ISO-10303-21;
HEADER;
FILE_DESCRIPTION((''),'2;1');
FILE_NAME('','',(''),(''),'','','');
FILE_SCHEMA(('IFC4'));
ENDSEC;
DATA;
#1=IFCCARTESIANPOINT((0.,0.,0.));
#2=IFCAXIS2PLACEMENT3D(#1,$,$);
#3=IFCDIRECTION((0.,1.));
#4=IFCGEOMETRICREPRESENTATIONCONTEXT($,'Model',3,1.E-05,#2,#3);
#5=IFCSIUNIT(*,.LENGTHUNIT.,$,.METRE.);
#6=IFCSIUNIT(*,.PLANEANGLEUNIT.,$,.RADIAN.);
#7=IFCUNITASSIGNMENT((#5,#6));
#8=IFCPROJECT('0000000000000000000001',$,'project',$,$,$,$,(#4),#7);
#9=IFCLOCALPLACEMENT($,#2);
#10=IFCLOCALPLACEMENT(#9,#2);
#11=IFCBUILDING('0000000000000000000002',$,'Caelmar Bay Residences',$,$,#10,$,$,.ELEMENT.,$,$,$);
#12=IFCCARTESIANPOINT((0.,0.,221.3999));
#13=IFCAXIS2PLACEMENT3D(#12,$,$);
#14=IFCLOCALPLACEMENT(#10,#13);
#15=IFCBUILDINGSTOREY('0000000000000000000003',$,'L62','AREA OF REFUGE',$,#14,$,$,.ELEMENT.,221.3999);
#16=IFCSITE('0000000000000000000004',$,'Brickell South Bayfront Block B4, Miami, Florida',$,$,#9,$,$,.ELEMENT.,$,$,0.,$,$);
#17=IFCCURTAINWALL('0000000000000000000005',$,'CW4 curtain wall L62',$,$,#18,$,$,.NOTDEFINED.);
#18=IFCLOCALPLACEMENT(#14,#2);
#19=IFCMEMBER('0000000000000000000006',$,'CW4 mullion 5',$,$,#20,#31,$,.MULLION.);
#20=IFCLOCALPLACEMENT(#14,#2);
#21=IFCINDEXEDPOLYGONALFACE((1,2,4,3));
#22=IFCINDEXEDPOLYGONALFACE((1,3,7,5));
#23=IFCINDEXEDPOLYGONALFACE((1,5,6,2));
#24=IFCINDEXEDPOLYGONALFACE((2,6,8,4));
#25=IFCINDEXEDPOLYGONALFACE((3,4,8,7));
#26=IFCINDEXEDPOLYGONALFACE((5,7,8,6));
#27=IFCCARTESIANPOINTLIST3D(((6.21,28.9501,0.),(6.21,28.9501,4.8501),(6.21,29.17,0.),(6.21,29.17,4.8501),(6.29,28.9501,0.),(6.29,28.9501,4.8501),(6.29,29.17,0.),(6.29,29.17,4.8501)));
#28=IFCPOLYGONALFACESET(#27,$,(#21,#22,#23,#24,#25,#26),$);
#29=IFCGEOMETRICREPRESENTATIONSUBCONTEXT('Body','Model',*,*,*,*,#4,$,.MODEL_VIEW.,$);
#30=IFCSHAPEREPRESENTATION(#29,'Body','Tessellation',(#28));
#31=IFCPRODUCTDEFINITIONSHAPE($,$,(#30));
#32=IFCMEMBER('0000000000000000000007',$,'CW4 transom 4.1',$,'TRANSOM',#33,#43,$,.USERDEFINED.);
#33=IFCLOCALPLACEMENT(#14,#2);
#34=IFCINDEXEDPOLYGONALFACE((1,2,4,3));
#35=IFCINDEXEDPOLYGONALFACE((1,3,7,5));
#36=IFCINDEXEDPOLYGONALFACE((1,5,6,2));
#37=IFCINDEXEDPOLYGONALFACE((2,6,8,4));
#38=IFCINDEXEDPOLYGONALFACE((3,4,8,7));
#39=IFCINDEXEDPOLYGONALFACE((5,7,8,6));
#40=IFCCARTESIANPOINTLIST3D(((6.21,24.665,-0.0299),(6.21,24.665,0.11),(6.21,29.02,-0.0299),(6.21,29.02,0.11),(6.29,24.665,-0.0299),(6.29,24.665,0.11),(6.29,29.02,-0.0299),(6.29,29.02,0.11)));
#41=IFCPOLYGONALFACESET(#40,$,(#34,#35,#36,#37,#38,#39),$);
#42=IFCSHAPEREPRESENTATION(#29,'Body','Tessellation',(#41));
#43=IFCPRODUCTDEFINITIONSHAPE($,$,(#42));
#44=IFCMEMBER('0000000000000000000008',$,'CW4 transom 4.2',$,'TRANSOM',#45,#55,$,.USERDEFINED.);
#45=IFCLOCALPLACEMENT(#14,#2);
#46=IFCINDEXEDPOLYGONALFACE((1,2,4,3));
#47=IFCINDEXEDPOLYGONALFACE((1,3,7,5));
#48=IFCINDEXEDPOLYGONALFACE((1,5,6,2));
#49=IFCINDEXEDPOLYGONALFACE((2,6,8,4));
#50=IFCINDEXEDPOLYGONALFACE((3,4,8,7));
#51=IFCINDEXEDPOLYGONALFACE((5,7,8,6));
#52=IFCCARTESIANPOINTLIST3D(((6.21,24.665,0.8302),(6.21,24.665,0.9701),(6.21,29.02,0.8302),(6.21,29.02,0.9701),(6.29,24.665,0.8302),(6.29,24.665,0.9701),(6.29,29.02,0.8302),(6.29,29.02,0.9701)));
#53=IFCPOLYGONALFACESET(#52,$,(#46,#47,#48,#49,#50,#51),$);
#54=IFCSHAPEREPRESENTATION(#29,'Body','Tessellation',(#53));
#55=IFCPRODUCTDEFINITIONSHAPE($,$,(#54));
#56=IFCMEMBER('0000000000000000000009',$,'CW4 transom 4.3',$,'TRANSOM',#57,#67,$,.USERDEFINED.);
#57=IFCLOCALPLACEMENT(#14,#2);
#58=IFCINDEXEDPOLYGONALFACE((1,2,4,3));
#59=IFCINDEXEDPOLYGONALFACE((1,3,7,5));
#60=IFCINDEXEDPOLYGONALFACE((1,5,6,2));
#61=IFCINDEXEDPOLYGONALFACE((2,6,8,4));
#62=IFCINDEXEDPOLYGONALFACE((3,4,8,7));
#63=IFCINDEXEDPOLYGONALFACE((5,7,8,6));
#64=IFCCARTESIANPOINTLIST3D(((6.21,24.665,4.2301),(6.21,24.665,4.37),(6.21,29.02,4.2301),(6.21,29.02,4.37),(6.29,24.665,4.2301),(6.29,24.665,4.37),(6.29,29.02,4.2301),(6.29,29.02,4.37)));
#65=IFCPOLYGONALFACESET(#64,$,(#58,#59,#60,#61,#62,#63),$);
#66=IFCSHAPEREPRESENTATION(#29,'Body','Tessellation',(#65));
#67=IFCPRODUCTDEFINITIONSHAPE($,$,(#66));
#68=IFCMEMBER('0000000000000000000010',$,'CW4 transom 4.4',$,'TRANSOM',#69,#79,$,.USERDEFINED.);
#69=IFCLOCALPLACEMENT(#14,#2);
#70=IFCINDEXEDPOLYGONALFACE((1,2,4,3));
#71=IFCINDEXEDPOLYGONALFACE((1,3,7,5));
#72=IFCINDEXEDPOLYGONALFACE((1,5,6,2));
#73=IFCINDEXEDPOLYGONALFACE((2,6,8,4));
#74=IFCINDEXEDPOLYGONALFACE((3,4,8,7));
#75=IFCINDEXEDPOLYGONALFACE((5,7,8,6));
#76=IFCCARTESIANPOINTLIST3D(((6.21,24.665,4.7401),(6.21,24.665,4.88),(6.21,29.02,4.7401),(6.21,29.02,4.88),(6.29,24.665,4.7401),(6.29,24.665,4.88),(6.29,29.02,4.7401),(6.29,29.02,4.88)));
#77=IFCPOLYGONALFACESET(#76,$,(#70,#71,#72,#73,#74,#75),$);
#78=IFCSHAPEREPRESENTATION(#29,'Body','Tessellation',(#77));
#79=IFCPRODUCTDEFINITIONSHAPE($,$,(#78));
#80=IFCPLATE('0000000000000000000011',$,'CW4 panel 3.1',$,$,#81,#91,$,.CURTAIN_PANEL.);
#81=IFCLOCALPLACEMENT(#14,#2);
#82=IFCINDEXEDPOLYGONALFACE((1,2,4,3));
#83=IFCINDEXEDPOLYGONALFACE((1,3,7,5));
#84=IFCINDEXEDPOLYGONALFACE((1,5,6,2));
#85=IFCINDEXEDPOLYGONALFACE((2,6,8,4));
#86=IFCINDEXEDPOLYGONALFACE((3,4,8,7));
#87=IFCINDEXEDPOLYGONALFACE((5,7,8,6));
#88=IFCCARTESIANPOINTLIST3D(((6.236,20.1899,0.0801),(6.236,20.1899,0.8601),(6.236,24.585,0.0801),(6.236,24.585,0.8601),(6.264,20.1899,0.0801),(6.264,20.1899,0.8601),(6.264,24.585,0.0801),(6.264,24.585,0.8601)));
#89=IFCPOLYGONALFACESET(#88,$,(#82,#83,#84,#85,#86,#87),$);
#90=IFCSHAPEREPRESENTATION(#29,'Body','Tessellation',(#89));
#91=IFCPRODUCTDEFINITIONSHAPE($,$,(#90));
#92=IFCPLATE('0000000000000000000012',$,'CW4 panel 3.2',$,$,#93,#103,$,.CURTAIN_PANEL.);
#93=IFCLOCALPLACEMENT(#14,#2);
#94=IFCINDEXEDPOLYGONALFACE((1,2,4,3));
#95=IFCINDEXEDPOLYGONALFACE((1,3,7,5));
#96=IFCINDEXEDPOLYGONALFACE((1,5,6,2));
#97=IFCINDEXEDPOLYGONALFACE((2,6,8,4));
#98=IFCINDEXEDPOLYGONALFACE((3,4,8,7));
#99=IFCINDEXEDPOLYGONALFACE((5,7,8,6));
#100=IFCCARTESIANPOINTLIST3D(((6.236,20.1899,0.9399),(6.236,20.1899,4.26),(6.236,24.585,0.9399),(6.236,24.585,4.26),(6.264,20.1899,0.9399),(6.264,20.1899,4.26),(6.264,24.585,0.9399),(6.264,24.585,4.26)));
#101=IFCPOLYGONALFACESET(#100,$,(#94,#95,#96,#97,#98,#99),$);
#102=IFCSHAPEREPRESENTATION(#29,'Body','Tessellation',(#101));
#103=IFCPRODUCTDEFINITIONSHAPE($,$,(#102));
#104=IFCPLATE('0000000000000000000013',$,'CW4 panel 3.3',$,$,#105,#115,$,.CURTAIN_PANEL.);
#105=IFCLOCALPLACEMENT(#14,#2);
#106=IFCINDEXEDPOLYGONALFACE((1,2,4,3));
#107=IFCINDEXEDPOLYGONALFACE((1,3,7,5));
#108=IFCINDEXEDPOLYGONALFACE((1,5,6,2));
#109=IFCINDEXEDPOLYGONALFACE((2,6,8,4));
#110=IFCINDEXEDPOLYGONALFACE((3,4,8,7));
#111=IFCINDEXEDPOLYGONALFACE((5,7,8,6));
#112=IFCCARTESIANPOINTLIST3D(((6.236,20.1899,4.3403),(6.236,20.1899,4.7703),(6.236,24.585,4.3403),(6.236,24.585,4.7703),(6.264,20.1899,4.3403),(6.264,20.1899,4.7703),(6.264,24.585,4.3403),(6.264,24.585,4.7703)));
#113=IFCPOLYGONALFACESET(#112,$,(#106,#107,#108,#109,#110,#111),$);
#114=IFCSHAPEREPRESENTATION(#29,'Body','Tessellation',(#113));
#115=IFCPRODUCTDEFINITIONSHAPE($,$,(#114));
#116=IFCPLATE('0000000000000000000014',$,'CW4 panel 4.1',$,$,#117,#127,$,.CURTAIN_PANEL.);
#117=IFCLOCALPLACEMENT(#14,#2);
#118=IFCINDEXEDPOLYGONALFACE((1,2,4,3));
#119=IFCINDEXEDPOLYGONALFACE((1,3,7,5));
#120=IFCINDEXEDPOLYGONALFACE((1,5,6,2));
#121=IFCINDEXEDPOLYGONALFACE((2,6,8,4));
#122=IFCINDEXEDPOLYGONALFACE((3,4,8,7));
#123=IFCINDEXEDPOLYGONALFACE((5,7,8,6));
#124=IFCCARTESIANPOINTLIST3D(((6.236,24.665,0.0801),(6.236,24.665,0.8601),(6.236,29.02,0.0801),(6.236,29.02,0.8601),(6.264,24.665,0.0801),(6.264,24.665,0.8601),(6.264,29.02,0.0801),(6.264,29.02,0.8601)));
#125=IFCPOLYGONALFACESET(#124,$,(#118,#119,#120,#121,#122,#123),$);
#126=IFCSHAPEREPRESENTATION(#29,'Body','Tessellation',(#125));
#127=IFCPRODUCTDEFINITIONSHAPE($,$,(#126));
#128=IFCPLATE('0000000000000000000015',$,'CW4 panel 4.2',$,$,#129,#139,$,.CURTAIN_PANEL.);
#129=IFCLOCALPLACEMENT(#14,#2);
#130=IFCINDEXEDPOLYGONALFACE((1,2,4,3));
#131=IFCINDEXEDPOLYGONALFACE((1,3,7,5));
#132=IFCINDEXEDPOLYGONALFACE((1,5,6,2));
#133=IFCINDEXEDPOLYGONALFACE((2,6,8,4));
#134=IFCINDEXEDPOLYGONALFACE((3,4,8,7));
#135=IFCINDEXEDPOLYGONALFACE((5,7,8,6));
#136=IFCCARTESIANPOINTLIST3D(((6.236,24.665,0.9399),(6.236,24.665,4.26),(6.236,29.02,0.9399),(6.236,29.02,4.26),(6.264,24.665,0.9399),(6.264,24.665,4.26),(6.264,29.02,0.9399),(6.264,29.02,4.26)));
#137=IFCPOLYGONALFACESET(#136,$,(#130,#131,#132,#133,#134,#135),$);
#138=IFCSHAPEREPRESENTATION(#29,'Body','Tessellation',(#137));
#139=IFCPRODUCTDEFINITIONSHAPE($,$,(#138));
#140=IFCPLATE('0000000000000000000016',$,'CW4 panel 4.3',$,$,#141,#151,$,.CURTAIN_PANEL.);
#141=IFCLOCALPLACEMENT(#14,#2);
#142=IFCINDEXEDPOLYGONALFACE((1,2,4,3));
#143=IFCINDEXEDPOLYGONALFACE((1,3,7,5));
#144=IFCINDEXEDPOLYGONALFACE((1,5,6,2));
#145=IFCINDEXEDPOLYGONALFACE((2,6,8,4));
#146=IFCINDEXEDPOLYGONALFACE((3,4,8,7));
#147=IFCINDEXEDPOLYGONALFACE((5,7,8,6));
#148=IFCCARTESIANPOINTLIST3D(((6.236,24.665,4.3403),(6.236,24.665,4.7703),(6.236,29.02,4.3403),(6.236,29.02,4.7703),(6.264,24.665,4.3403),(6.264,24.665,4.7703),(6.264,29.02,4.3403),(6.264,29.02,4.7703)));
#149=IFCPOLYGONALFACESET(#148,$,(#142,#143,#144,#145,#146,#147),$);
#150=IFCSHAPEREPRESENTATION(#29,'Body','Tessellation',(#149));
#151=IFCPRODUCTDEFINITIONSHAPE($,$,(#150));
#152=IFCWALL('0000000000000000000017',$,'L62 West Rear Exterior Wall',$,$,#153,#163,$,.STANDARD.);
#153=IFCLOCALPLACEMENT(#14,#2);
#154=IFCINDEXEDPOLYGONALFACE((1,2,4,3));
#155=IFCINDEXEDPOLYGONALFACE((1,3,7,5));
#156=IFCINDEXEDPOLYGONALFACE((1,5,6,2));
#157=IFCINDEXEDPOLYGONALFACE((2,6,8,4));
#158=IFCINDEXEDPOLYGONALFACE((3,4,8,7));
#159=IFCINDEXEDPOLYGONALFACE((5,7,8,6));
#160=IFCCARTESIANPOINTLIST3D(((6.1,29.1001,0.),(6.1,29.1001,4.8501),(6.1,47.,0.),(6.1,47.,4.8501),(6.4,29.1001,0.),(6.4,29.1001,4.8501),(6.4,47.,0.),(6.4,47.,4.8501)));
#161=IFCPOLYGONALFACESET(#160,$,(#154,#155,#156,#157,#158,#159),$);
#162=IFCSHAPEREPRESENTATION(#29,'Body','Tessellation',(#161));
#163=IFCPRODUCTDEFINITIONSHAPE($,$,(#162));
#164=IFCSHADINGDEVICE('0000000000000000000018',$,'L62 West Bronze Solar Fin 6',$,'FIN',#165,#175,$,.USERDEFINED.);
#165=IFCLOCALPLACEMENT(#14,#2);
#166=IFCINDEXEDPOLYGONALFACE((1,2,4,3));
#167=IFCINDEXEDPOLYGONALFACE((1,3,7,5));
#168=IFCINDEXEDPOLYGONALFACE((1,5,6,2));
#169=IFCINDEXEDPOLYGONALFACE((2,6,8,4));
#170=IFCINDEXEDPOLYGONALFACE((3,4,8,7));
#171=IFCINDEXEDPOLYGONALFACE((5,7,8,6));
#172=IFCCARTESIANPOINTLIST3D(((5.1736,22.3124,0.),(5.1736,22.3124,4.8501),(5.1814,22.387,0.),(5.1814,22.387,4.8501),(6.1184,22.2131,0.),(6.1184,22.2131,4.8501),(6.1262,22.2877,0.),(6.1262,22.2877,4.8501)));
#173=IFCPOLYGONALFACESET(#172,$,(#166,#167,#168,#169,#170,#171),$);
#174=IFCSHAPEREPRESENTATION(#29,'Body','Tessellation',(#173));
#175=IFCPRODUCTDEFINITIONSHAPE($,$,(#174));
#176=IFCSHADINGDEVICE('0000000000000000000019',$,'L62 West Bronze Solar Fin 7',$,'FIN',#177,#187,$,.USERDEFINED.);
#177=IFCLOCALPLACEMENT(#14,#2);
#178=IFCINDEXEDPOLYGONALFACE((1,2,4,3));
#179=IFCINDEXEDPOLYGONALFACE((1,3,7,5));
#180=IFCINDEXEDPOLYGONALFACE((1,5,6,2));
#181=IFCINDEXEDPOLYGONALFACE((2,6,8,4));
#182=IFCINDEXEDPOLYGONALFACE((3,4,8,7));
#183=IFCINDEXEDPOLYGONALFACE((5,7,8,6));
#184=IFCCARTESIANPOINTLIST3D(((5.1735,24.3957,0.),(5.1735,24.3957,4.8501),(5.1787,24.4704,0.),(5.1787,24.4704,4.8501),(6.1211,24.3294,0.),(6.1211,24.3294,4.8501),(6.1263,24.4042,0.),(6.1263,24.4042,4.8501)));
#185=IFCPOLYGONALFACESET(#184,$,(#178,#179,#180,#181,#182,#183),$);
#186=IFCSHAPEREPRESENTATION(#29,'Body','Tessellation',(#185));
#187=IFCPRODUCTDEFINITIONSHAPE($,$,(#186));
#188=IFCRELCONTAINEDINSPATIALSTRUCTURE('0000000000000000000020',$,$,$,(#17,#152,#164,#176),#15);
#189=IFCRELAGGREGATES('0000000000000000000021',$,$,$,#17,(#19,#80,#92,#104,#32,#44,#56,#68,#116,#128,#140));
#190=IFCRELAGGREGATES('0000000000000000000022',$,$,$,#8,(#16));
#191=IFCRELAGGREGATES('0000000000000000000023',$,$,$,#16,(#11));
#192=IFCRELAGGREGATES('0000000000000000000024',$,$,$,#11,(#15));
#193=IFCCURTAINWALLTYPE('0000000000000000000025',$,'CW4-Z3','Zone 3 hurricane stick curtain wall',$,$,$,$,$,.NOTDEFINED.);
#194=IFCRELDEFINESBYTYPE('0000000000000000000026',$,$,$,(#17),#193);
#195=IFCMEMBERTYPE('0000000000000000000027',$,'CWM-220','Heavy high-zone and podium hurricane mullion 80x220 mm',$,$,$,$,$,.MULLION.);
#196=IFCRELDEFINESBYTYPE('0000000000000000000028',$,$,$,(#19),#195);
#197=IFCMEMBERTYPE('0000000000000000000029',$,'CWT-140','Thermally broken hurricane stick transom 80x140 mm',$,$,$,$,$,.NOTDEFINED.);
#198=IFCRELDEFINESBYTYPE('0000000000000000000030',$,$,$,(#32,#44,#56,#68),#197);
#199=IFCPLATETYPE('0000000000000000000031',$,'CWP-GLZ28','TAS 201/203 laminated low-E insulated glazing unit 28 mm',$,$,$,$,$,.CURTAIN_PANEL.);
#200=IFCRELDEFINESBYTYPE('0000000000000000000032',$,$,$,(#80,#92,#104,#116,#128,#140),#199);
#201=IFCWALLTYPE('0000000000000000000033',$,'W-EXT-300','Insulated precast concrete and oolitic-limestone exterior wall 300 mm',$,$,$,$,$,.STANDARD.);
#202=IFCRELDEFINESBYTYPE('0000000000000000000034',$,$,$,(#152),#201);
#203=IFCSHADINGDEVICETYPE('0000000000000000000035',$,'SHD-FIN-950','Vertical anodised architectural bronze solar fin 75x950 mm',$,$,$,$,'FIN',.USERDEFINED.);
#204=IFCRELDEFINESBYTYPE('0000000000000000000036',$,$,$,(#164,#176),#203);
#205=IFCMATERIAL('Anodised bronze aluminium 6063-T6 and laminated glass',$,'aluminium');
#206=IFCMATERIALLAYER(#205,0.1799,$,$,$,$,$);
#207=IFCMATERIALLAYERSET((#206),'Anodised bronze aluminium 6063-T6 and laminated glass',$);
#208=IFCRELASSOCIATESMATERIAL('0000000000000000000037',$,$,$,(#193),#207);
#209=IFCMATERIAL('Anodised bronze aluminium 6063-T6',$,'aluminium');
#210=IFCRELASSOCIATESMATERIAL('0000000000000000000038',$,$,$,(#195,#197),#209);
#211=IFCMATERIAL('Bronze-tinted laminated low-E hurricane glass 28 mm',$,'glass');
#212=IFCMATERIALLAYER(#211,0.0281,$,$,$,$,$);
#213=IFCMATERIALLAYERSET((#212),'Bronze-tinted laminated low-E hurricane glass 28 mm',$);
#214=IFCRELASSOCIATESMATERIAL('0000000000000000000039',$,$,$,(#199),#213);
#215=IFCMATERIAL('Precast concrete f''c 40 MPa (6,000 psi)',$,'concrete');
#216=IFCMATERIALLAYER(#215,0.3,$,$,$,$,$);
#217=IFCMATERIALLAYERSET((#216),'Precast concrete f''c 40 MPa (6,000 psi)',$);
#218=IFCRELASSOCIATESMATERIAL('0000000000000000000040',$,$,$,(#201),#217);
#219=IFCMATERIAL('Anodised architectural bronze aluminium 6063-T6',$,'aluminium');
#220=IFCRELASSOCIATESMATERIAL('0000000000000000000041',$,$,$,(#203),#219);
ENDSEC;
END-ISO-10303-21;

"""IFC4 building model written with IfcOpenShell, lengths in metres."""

from ifc_helpers import new_model, si_unit, direction, frame, frame_2d, origin, origin_2d, place, context, subcontext, project, spatial, rectangle, extrude, material, layer, layer_set, material_profile, profile_set, type_object, element, aggregate, save


model = new_model("IFC4")

# Units and contexts
model_context = context("Model", 3, precision=1e-05, world=origin(), true_north=direction((0.0, 1.0)))
body_context = subcontext(model_context, "Body", "Model", "MODEL_VIEW")
ifc_project = project(units=[si_unit("LENGTHUNIT", "METRE"), si_unit("PLANEANGLEUNIT", "RADIAN")], contexts=[model_context])

# Site, building, storey
site_placement = place(None, origin())
site = spatial("IfcSite", under=ifc_project, at=site_placement, Name="Brickell South Bayfront Block B4, Miami, Florida", CompositionType="ELEMENT", RefElevation=0.0)
building_placement = place(site_placement, origin())
building = spatial("IfcBuilding", under=site, at=building_placement, Name="Caelmar Bay Residences", CompositionType="ELEMENT")
storey_placement = place(building_placement, frame((0.0, 0.0, 221.3999)))
storey = spatial("IfcBuildingStorey", under=building, at=storey_placement, Name="L62", Description="AREA OF REFUGE", CompositionType="ELEMENT", Elevation=221.3999)

# Curtain wall, members, plates
ifc_material_1 = material(Name="Anodised bronze aluminium 6063-T6 and laminated glass", Category="aluminium")
ifc_layer_1 = layer(ifc_material_1, 0.1799)
ifc_layer_set_1 = layer_set([ifc_layer_1], Name="Anodised bronze aluminium 6063-T6 and laminated glass")
curtain_wall_type = type_object("IfcCurtainWallType", Name="CW4-Z3", Description="Zone 3 hurricane stick curtain wall", PredefinedType="NOTDEFINED", material=ifc_layer_set_1)
curtain_wall_placement = place(storey_placement, origin())
curtain_wall = element("IfcCurtainWall", 1, at=curtain_wall_placement, inside=storey, type_object=curtain_wall_type, Name="CW4 curtain wall L62", PredefinedType="NOTDEFINED")
ifc_material_2 = material(Name="Anodised bronze aluminium 6063-T6", Category="aluminium")
ifc_material_profile_1 = material_profile(ifc_material_2, rectangle(XDim=0.0801, YDim=0.22, at=origin_2d()), Name="CWM-80X220")
ifc_profile_set_1 = profile_set([ifc_material_profile_1], Name="Anodised bronze aluminium 6063-T6")
member_type_1 = type_object("IfcMemberType", Name="CWM-220", Description="Heavy high-zone and podium hurricane mullion 80x220 mm", PredefinedType="MULLION", material=ifc_profile_set_1)
member_1_placement = place(storey_placement, frame((6.25, 29.0601, 0.0), z_axis=(0.0, 0.0, 1.0), x_axis=(-1.0, 0.0, 0.0)))
member_1 = element("IfcMember", 2, at=member_1_placement, type_object=member_type_1, Name="CW4 mullion 5", PredefinedType="MULLION", context=body_context, shape_type="SweptSolid", body=[
    extrude(rectangle(XDim=0.0801, YDim=0.22, at=origin_2d()), origin(), (0.0, 0.0, 1.0), 4.8501),
])
ifc_material_profile_2 = material_profile(ifc_material_2, rectangle(XDim=0.0801, YDim=0.1399, at=origin_2d()), Name="CWT-80X140")
ifc_profile_set_2 = profile_set([ifc_material_profile_2], Name="Anodised bronze aluminium 6063-T6")
member_type_2 = type_object("IfcMemberType", Name="CWT-140", Description="Thermally broken hurricane stick transom 80x140 mm", PredefinedType="NOTDEFINED", material=ifc_profile_set_2)
member_2_placement = place(storey_placement, frame((6.25, 24.665, 0.04), z_axis=(0.0, 1.0, 0.0), x_axis=(-1.0, 0.0, 0.0)))
member_2 = element("IfcMember", 3, at=member_2_placement, type_object=member_type_2, Name="CW4 transom 4.1", ObjectType="TRANSOM", PredefinedType="USERDEFINED", context=body_context, shape_type="SweptSolid", body=[
    extrude(rectangle(XDim=0.0801, YDim=0.1399, at=origin_2d()), origin(), (0.0, 0.0, 1.0), 4.355),
])
member_3_placement = place(storey_placement, frame((6.25, 24.665, 0.9001), z_axis=(0.0, 1.0, 0.0), x_axis=(-1.0, 0.0, 0.0)))
member_3 = element("IfcMember", 4, at=member_3_placement, type_object=member_type_2, Name="CW4 transom 4.2", ObjectType="TRANSOM", PredefinedType="USERDEFINED", context=body_context, shape_type="SweptSolid", body=[
    extrude(rectangle(XDim=0.0801, YDim=0.1399, at=origin_2d()), origin(), (0.0, 0.0, 1.0), 4.355),
])
member_4_placement = place(storey_placement, frame((6.25, 24.665, 4.3), z_axis=(0.0, 1.0, 0.0), x_axis=(-1.0, 0.0, 0.0)))
member_4 = element("IfcMember", 5, at=member_4_placement, type_object=member_type_2, Name="CW4 transom 4.3", ObjectType="TRANSOM", PredefinedType="USERDEFINED", context=body_context, shape_type="SweptSolid", body=[
    extrude(rectangle(XDim=0.0801, YDim=0.1399, at=origin_2d()), origin(), (0.0, 0.0, 1.0), 4.355),
])
member_5_placement = place(storey_placement, frame((6.25, 24.665, 4.8101), z_axis=(0.0, 1.0, 0.0), x_axis=(-1.0, 0.0, 0.0)))
member_5 = element("IfcMember", 6, at=member_5_placement, type_object=member_type_2, Name="CW4 transom 4.4", ObjectType="TRANSOM", PredefinedType="USERDEFINED", context=body_context, shape_type="SweptSolid", body=[
    extrude(rectangle(XDim=0.0801, YDim=0.1399, at=origin_2d()), origin(), (0.0, 0.0, 1.0), 4.355),
])
ifc_material_3 = material(Name="Bronze-tinted laminated low-E hurricane glass 28 mm", Category="glass")
ifc_layer_2 = layer(ifc_material_3, 0.0281)
ifc_layer_set_2 = layer_set([ifc_layer_2], Name="Bronze-tinted laminated low-E hurricane glass 28 mm")
plate_type = type_object("IfcPlateType", Name="CWP-GLZ28", Description="TAS 201/203 laminated low-E insulated glazing unit 28 mm", PredefinedType="CURTAIN_PANEL", material=ifc_layer_set_2)
plate_1_placement = place(storey_placement, frame((6.25, 22.3875, 0.0801), z_axis=(0.0, 0.0, 1.0), x_axis=(0.0, 1.0, 0.0)))
plate_1 = element("IfcPlate", 7, at=plate_1_placement, type_object=plate_type, Name="CW4 panel 3.1", PredefinedType="CURTAIN_PANEL", context=body_context, shape_type="SweptSolid", body=[
    extrude(rectangle(XDim=4.395, YDim=0.0281, at=origin_2d()), origin(), (0.0, 0.0, 1.0), 0.78),
])
plate_2_placement = place(storey_placement, frame((6.25, 22.3875, 0.9399), z_axis=(0.0, 0.0, 1.0), x_axis=(0.0, 1.0, 0.0)))
plate_2 = element("IfcPlate", 8, at=plate_2_placement, type_object=plate_type, Name="CW4 panel 3.2", PredefinedType="CURTAIN_PANEL", context=body_context, shape_type="SweptSolid", body=[
    extrude(rectangle(XDim=4.395, YDim=0.0281, at=origin_2d()), origin(), (0.0, 0.0, 1.0), 3.3201),
])
plate_3_placement = place(storey_placement, frame((6.25, 22.3875, 4.3403), z_axis=(0.0, 0.0, 1.0), x_axis=(0.0, 1.0, 0.0)))
plate_3 = element("IfcPlate", 9, at=plate_3_placement, type_object=plate_type, Name="CW4 panel 3.3", PredefinedType="CURTAIN_PANEL", context=body_context, shape_type="SweptSolid", body=[
    extrude(rectangle(XDim=4.395, YDim=0.0281, at=origin_2d()), origin(), (0.0, 0.0, 1.0), 0.4299),
])
plate_4_placement = place(storey_placement, frame((6.25, 26.8425, 0.0801), z_axis=(0.0, 0.0, 1.0), x_axis=(0.0, 1.0, 0.0)))
plate_4 = element("IfcPlate", 10, at=plate_4_placement, type_object=plate_type, Name="CW4 panel 4.1", PredefinedType="CURTAIN_PANEL", context=body_context, shape_type="SweptSolid", body=[
    extrude(rectangle(XDim=4.355, YDim=0.0281, at=origin_2d()), origin(), (0.0, 0.0, 1.0), 0.78),
])
plate_5_placement = place(storey_placement, frame((6.25, 26.8425, 0.9399), z_axis=(0.0, 0.0, 1.0), x_axis=(0.0, 1.0, 0.0)))
plate_5 = element("IfcPlate", 11, at=plate_5_placement, type_object=plate_type, Name="CW4 panel 4.2", PredefinedType="CURTAIN_PANEL", context=body_context, shape_type="SweptSolid", body=[
    extrude(rectangle(XDim=4.355, YDim=0.0281, at=origin_2d()), origin(), (0.0, 0.0, 1.0), 3.3201),
])
plate_6_placement = place(storey_placement, frame((6.25, 26.8425, 4.3403), z_axis=(0.0, 0.0, 1.0), x_axis=(0.0, 1.0, 0.0)))
plate_6 = element("IfcPlate", 12, at=plate_6_placement, type_object=plate_type, Name="CW4 panel 4.3", PredefinedType="CURTAIN_PANEL", context=body_context, shape_type="SweptSolid", body=[
    extrude(rectangle(XDim=4.355, YDim=0.0281, at=origin_2d()), origin(), (0.0, 0.0, 1.0), 0.4299),
])
aggregate(curtain_wall, [member_1, plate_1, plate_2, plate_3, member_2, member_3, member_4, member_5, plate_4, plate_5, plate_6])

# Wall
ifc_material_4 = material(Name="Precast concrete f'c 40 MPa (6,000 psi)", Category="concrete")
ifc_layer_3 = layer(ifc_material_4, 0.3)
ifc_layer_set_3 = layer_set([ifc_layer_3], Name="Precast concrete f'c 40 MPa (6,000 psi)")
wall_type = type_object("IfcWallType", Name="W-EXT-300", Description="Insulated precast concrete and oolitic-limestone exterior wall 300 mm", PredefinedType="STANDARD", material=ifc_layer_set_3)
wall_placement = place(storey_placement, frame((6.25, 29.1001, 0.0), z_axis=(0.0, 0.0, 1.0), x_axis=(0.0, 1.0, 0.0)))
element("IfcWall", 13, at=wall_placement, inside=storey, type_object=wall_type, Name="L62 West Rear Exterior Wall", PredefinedType="STANDARD", context=body_context, shape_type="SweptSolid", body=[
    extrude(rectangle(XDim=17.8999, YDim=0.3, at=frame_2d((8.95, 0.0))), origin(), (0.0, 0.0, 1.0), 4.8501),
])

# Shading devices
ifc_material_5 = material(Name="Anodised architectural bronze aluminium 6063-T6", Category="aluminium")
ifc_material_profile_3 = material_profile(ifc_material_5, rectangle(XDim=0.075, YDim=0.95, at=origin_2d()), Name="BRONZE-FIN-75X950")
ifc_profile_set_3 = profile_set([ifc_material_profile_3], Name="Anodised architectural bronze aluminium 6063-T6")
shading_device_type = type_object("IfcShadingDeviceType", Name="SHD-FIN-950", Description="Vertical anodised architectural bronze solar fin 75x950 mm", ElementType="FIN", PredefinedType="USERDEFINED", material=ifc_profile_set_3)
for number, where, z_axis, x_axis, name in (
    (14, (5.6499, 22.3, 0.0), (0.0, 0.0, 1.0), (0.104528, 0.994522, 0.0), "L62 West Bronze Solar Fin 6"),
    (15, (5.6499, 24.3999, 0.0), (0.0, 0.0, 1.0), (0.069756, 0.997564, 0.0), "L62 West Bronze Solar Fin 7"),
):
    element("IfcShadingDevice", number, at=place(storey_placement, frame(where, z_axis=z_axis, x_axis=x_axis)), inside=storey, type_object=shading_device_type, Name=name, ObjectType="FIN", PredefinedType="USERDEFINED", context=body_context, shape_type="SweptSolid", body=[
        extrude(rectangle(XDim=0.075, YDim=0.95, at=origin_2d()), origin(), (0.0, 0.0, 1.0), 4.8501),
    ])

save(model, "model.ifc")
